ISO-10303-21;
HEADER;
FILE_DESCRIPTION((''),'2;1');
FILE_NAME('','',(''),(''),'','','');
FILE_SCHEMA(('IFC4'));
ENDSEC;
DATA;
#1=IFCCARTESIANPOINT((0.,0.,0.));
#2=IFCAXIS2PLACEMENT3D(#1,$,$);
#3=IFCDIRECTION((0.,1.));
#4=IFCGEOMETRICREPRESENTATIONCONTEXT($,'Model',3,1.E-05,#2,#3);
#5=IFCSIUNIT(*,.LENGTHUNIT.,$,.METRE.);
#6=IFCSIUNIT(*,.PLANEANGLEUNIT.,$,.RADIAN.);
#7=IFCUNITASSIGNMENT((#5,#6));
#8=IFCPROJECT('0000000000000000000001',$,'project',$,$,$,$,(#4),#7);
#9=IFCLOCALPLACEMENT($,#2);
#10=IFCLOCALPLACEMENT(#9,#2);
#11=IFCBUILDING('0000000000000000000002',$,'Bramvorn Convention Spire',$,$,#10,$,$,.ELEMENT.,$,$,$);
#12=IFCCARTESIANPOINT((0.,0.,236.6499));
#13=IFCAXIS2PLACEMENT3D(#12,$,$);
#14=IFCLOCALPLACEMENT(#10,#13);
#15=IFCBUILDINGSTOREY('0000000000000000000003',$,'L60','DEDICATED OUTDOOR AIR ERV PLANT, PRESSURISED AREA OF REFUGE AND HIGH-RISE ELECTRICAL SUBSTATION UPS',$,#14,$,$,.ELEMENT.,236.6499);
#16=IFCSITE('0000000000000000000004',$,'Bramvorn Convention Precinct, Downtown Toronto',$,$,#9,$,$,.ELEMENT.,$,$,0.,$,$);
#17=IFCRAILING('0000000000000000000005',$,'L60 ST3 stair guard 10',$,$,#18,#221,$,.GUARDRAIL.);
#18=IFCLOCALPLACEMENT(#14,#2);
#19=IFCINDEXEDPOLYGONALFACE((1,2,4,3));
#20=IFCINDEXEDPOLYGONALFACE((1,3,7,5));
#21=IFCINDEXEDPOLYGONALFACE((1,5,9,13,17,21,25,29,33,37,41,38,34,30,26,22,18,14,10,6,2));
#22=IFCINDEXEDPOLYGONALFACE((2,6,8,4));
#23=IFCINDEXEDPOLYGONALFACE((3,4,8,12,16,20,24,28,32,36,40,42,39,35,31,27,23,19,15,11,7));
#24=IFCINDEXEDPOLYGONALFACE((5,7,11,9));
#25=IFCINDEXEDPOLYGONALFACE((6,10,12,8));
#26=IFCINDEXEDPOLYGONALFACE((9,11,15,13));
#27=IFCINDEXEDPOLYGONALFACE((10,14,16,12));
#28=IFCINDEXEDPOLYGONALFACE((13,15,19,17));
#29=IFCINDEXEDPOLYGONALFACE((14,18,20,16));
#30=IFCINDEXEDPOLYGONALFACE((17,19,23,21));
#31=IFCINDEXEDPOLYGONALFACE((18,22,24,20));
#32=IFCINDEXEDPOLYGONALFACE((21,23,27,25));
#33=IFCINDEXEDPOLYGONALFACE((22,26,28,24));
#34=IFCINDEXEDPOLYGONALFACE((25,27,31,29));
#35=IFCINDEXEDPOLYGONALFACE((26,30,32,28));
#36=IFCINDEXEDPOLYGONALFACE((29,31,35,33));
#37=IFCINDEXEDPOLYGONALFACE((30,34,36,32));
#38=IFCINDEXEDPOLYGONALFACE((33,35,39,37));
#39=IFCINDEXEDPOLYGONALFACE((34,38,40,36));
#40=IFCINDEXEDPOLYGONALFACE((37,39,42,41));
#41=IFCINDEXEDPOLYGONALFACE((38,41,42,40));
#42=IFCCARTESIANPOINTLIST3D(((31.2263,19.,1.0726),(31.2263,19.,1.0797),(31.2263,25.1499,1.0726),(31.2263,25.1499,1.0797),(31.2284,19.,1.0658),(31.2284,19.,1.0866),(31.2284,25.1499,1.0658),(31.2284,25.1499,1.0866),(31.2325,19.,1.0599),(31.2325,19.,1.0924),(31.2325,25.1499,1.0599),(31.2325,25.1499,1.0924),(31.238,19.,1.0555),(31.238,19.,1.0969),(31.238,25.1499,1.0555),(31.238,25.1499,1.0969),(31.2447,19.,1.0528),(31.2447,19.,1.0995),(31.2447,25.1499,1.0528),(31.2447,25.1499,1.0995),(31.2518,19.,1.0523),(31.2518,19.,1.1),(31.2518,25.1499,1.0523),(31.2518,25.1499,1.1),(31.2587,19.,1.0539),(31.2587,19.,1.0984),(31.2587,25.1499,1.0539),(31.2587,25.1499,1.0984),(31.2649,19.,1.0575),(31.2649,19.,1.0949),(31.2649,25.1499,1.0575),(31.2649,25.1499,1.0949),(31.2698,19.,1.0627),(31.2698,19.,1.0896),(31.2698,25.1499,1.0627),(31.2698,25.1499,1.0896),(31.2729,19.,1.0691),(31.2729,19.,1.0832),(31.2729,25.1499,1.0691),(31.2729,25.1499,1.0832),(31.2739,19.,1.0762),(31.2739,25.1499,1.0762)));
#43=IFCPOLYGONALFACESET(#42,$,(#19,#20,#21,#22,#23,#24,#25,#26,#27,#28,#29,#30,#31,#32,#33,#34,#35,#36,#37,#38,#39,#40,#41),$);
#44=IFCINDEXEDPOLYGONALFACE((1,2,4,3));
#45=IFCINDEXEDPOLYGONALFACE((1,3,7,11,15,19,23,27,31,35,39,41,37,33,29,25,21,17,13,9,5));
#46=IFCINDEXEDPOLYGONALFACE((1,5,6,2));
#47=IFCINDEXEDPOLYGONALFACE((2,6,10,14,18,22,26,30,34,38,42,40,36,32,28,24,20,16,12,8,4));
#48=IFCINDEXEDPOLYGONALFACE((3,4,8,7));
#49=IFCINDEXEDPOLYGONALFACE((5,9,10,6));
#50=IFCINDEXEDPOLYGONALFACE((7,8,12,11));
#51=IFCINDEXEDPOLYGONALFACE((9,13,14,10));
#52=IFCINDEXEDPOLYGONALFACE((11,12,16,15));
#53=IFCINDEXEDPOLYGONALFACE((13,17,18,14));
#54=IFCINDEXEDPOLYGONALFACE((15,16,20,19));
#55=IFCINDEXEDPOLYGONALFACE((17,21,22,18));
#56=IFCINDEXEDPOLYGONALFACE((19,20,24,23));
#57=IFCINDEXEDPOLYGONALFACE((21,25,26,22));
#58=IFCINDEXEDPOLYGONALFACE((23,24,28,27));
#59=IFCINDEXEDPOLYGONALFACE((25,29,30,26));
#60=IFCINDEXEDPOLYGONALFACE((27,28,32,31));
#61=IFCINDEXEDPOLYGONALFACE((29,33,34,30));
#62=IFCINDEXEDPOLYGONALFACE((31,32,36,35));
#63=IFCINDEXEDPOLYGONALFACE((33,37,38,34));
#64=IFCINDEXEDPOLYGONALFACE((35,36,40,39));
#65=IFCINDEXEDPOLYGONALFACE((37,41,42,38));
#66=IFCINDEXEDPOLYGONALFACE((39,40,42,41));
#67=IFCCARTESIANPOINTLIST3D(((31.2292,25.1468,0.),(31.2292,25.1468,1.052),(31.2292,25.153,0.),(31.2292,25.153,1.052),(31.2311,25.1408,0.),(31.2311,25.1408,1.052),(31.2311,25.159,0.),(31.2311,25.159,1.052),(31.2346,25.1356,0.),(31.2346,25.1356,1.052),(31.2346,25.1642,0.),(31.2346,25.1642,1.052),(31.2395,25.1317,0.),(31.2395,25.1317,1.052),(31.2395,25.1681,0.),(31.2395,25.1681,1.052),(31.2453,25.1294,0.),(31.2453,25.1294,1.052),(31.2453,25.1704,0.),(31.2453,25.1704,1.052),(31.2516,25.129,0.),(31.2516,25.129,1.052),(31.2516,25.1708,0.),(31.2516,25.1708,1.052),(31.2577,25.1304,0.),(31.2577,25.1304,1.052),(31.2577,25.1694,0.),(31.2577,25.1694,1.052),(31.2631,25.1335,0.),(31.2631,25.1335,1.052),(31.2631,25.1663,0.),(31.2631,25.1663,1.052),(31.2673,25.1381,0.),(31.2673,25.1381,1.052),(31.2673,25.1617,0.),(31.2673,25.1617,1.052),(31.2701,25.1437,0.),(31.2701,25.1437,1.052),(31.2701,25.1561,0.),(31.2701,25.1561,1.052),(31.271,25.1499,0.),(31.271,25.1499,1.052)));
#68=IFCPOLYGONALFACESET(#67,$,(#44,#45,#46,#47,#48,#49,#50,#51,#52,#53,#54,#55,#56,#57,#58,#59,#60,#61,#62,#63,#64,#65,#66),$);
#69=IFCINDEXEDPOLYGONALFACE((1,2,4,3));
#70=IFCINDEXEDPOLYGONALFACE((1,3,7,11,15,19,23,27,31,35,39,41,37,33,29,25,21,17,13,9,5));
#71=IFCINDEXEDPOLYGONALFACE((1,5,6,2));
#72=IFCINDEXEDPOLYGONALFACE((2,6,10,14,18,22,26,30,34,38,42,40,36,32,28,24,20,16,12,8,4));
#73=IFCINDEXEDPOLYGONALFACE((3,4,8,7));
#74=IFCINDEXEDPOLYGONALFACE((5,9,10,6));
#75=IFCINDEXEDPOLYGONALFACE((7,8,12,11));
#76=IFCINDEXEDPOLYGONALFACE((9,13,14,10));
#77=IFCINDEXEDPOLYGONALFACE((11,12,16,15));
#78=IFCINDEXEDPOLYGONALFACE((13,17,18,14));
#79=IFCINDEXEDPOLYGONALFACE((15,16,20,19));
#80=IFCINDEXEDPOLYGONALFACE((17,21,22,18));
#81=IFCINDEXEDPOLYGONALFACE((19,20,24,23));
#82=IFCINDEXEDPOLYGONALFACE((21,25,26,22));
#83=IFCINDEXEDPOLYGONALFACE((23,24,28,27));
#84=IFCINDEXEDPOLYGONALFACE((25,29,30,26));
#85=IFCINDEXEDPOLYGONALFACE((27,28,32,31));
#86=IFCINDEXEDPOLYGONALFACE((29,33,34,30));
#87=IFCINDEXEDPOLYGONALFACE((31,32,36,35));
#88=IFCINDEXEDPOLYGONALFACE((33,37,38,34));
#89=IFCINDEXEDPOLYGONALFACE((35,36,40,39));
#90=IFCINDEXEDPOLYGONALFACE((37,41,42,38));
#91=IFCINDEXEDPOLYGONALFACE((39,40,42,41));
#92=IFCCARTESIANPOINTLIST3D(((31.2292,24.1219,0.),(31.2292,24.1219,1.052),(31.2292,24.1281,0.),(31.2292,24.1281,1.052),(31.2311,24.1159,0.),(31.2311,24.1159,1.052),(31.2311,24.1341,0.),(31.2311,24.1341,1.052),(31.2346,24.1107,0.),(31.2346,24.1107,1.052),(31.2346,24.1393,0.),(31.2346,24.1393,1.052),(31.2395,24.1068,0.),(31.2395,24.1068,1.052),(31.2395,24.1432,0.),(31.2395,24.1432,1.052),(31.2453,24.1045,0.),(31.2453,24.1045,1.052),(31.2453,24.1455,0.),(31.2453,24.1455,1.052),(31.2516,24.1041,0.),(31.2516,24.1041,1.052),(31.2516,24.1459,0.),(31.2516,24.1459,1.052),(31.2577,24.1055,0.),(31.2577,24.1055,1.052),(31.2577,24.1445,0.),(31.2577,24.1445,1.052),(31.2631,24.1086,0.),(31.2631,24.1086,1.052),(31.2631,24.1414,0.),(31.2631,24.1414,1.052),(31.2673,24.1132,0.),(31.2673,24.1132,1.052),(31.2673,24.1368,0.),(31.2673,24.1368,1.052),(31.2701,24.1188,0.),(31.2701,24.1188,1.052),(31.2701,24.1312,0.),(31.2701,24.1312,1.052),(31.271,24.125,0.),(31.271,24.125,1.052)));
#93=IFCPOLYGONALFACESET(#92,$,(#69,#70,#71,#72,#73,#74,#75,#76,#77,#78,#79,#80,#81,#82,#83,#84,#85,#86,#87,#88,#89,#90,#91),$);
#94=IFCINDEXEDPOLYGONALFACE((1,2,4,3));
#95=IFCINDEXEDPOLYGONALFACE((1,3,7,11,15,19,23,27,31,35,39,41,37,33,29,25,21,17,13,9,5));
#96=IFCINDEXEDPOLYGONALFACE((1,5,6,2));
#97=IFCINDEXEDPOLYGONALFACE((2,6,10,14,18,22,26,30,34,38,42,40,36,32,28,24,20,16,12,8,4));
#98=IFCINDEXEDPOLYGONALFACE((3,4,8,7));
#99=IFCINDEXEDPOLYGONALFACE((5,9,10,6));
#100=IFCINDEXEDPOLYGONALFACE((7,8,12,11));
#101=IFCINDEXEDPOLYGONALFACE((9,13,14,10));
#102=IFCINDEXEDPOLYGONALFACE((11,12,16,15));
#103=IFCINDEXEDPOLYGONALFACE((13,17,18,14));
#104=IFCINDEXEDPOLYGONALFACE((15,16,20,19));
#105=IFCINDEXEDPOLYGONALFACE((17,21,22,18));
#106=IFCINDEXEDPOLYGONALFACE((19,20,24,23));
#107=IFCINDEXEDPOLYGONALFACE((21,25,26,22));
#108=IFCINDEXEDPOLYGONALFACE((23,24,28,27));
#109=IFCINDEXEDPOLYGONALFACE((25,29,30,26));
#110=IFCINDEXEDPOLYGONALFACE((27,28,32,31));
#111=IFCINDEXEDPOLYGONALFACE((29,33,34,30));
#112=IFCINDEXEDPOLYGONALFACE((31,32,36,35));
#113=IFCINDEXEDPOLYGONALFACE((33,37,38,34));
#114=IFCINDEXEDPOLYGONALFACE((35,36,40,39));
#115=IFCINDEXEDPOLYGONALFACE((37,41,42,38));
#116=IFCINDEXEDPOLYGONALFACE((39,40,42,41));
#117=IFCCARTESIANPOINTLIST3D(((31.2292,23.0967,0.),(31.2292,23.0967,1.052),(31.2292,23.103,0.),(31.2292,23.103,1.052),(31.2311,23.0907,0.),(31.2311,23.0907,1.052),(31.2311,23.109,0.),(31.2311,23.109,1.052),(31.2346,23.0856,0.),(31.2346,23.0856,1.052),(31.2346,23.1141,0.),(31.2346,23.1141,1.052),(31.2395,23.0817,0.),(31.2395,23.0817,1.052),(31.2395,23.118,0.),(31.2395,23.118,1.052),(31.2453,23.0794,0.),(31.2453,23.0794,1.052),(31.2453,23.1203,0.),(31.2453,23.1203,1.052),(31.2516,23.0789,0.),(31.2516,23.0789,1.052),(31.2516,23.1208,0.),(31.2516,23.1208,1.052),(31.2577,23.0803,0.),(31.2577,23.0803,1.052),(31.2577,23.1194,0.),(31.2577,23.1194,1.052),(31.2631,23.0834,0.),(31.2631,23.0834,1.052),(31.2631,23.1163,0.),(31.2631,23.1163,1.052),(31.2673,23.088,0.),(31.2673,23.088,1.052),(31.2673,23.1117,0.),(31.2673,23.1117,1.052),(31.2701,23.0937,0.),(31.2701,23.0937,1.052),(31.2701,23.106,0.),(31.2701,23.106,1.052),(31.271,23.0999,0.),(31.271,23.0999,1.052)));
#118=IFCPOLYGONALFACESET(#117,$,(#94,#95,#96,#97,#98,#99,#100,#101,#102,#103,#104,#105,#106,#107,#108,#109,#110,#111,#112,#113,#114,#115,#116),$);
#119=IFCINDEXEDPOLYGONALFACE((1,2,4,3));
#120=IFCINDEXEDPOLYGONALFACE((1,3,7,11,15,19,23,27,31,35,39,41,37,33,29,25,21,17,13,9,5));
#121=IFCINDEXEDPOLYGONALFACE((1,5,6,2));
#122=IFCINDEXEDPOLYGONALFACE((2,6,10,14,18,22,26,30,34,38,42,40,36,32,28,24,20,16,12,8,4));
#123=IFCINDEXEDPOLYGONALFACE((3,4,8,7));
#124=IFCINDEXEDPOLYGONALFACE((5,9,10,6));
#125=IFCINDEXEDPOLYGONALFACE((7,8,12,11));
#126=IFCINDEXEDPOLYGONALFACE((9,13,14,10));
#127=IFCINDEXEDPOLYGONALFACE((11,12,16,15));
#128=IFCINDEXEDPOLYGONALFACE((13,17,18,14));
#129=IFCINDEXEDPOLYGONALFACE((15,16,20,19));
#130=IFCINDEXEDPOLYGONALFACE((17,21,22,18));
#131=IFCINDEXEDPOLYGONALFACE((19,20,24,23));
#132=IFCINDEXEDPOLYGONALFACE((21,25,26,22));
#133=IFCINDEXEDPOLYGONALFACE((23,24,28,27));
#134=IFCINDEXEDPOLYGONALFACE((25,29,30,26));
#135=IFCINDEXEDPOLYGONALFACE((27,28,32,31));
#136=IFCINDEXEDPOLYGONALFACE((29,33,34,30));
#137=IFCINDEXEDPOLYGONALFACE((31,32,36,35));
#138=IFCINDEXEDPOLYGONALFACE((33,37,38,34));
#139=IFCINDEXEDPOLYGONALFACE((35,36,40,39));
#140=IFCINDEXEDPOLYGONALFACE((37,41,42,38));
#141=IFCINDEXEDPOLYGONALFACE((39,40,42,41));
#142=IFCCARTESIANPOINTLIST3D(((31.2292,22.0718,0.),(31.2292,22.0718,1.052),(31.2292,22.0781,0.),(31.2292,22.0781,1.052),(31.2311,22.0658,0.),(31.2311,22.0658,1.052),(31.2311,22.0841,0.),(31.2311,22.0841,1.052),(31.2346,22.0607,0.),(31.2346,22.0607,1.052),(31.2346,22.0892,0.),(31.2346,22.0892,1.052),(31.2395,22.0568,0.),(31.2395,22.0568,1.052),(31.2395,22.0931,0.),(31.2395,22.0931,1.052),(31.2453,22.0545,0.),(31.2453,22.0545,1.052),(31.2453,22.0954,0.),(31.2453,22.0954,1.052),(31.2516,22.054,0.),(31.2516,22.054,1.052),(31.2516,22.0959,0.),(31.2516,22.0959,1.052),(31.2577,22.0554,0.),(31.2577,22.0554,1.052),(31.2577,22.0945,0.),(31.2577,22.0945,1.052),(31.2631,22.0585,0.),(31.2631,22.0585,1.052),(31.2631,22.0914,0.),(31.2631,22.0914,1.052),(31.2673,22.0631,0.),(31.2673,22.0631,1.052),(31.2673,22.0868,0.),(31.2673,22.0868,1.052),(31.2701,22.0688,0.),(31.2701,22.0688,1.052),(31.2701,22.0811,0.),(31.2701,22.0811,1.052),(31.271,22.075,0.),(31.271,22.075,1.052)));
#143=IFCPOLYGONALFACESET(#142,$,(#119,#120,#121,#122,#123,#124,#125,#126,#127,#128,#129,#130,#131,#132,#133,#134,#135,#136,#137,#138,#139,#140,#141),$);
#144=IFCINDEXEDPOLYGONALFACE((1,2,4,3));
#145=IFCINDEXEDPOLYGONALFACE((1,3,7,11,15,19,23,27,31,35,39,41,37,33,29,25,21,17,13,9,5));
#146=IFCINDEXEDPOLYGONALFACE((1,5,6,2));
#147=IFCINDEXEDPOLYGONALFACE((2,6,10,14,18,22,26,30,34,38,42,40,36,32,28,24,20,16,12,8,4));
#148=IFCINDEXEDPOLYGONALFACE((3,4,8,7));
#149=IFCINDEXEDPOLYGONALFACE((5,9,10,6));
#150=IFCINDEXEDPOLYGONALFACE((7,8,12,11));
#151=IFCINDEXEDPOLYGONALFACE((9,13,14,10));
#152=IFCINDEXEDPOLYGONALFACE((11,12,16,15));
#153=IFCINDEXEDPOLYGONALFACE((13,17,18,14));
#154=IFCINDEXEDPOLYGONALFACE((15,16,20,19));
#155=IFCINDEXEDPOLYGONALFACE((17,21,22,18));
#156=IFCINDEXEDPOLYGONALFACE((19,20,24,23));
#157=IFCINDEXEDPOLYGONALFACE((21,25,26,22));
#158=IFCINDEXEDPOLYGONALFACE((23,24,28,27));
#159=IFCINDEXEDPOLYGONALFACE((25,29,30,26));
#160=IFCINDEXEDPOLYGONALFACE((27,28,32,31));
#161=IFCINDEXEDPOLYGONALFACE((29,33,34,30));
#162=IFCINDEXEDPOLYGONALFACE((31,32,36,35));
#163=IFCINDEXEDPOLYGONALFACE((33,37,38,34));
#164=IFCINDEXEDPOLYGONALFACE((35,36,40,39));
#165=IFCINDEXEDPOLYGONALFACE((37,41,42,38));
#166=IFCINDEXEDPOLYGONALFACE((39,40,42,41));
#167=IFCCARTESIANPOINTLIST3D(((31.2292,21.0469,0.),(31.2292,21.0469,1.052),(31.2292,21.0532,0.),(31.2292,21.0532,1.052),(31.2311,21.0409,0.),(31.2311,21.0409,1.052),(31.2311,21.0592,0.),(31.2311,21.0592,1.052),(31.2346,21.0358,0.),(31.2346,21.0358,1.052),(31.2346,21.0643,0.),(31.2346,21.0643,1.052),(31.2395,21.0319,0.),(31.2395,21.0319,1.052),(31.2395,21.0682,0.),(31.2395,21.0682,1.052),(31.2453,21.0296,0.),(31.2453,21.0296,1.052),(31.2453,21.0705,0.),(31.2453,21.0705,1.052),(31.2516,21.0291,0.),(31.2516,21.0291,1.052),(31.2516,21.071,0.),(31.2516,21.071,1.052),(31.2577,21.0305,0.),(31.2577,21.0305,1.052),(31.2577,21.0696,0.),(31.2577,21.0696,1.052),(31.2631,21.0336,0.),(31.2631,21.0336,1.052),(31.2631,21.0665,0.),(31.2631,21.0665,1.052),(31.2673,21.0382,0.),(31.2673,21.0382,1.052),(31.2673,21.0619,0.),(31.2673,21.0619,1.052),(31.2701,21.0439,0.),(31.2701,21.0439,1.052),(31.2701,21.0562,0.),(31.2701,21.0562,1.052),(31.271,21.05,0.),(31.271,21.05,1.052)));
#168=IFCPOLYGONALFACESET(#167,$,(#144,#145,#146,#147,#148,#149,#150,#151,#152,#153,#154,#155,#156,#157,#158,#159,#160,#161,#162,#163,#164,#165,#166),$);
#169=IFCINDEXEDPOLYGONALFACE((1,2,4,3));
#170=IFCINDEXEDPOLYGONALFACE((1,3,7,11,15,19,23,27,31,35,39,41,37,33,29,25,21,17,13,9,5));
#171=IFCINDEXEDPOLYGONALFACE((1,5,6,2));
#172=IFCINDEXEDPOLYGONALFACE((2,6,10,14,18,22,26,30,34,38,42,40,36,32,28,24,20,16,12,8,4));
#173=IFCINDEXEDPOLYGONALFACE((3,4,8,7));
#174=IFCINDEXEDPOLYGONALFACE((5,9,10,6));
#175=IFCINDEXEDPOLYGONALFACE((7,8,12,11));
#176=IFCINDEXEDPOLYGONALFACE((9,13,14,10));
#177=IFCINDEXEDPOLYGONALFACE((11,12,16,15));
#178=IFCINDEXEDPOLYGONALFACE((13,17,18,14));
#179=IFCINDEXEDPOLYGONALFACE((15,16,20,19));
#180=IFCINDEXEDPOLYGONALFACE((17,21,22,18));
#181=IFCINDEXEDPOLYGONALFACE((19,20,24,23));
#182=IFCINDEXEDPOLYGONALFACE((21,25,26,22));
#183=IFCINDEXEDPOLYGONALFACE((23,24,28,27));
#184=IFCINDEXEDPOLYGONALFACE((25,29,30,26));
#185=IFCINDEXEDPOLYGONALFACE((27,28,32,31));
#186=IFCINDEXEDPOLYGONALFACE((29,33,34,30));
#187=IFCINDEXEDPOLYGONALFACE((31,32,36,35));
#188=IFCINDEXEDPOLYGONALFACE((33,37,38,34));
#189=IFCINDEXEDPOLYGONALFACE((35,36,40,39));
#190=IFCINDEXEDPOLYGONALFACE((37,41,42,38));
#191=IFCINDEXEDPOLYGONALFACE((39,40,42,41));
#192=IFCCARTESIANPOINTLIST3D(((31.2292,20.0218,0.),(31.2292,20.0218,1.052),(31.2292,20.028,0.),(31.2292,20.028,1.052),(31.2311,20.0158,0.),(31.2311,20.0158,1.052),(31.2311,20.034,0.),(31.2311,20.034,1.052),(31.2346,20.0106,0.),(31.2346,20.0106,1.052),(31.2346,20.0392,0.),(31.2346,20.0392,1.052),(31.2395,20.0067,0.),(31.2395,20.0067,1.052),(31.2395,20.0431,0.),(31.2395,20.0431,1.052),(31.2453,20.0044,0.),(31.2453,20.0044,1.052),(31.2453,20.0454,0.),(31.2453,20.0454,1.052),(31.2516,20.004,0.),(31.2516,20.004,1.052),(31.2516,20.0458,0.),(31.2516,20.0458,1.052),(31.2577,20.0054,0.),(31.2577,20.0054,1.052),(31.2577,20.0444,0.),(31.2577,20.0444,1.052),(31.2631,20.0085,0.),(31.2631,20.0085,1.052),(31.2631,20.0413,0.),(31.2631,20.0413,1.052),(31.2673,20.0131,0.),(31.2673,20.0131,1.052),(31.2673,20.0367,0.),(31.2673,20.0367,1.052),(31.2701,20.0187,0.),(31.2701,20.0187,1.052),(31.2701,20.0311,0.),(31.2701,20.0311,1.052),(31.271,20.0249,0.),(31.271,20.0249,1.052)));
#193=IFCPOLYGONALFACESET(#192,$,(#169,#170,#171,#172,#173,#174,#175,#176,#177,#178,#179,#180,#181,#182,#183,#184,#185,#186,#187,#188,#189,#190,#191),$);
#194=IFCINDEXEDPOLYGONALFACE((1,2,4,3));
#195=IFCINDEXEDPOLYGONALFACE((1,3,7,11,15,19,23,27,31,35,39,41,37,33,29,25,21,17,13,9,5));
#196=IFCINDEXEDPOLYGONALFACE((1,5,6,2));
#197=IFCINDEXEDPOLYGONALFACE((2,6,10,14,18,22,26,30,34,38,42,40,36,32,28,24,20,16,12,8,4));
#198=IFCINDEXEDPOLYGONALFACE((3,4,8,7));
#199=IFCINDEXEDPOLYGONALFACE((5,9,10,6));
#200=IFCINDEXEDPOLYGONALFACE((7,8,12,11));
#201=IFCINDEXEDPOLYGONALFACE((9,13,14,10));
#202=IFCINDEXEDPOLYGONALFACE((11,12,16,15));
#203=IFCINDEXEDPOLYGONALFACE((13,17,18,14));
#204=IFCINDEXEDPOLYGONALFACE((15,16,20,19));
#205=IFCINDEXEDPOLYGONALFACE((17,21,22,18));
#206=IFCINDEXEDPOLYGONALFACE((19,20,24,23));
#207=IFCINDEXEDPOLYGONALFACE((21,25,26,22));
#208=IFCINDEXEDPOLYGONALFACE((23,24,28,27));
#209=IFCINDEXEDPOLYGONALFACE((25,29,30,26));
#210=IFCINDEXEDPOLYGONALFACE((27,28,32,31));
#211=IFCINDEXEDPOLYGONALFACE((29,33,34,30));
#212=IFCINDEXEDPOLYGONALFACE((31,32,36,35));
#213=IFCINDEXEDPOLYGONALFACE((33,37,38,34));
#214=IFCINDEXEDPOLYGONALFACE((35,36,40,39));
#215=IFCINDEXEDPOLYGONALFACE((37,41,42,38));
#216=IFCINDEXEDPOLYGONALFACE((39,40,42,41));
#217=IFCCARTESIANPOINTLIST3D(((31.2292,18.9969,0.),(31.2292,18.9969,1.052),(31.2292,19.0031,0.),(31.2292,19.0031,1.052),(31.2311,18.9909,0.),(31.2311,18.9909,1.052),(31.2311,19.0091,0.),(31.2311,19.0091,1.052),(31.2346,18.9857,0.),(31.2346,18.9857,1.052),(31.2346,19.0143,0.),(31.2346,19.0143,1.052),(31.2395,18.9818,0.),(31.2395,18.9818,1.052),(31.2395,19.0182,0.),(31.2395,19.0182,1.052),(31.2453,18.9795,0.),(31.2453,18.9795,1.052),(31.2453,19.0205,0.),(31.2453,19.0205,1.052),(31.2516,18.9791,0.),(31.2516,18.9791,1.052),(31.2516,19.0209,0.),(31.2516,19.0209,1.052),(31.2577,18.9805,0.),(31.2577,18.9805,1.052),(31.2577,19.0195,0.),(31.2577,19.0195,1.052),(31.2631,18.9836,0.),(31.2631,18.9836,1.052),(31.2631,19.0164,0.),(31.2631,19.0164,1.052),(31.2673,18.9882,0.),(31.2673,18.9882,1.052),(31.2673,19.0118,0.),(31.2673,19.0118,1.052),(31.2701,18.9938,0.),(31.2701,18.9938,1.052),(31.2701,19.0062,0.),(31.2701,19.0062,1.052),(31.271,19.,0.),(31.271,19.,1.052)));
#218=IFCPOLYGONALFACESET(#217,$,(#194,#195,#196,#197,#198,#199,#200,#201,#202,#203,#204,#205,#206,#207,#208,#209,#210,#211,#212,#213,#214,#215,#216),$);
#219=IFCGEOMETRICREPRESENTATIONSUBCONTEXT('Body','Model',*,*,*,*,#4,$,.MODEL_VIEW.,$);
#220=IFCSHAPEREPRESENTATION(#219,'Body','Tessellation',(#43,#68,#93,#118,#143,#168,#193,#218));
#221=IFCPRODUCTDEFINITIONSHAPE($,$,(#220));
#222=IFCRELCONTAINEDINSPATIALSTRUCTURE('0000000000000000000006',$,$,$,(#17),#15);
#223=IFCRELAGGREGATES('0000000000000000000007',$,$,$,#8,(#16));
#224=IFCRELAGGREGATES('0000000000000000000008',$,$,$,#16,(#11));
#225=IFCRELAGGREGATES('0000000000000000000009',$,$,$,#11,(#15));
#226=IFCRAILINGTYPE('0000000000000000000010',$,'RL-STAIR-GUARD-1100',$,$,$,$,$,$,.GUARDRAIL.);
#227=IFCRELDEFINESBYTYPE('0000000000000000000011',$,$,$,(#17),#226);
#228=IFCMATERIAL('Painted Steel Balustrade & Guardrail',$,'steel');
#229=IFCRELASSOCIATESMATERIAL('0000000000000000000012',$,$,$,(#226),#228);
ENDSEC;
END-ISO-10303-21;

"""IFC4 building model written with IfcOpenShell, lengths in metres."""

from ifc_helpers import new_model, si_unit, direction, frame, origin, origin_2d, place, context, subcontext, project, spatial, circle, extrude, material, type_object, element, save


model = new_model("IFC4")

# Units and contexts
model_context = context("Model", 3, precision=1e-05, world=origin(), true_north=direction((0.0, 1.0)))
body_context = subcontext(model_context, "Body", "Model", "MODEL_VIEW")
ifc_project = project(units=[si_unit("LENGTHUNIT", "METRE"), si_unit("PLANEANGLEUNIT", "RADIAN")], contexts=[model_context])

# Site, building, storey
site_placement = place(None, origin())
site = spatial("IfcSite", under=ifc_project, at=site_placement, Name="Bramvorn Convention Precinct, Downtown Toronto", CompositionType="ELEMENT", RefElevation=0.0)
building_placement = place(site_placement, origin())
building = spatial("IfcBuilding", under=site, at=building_placement, Name="Bramvorn Convention Spire", CompositionType="ELEMENT")
storey_placement = place(building_placement, frame((0.0, 0.0, 236.6499)))
storey = spatial("IfcBuildingStorey", under=building, at=storey_placement, Name="L60", Description="DEDICATED OUTDOOR AIR ERV PLANT, PRESSURISED AREA OF REFUGE AND HIGH-RISE ELECTRICAL SUBSTATION UPS", CompositionType="ELEMENT", Elevation=236.6499)

# Railing
ifc_material_1 = material(Name="Painted Steel Balustrade & Guardrail", Category="steel")
railing_type_1 = type_object("IfcRailingType", Name="RL-STAIR-GUARD-1100", PredefinedType="GUARDRAIL", material=ifc_material_1)
railing_1_placement = place(storey_placement, frame((31.25, 25.1499, 0.0)))
element("IfcRailing", 1, at=railing_1_placement, inside=storey, type_object=railing_type_1, Name="L60 ST3 stair guard 10", PredefinedType="GUARDRAIL", context=body_context, shape_type="SweptSolid", body=[
    extrude(circle(Radius=0.0239, at=origin_2d()), frame((0.0, 0.0, 1.0762), z_axis=(0.0, -1.0, 0.0), x_axis=(1.0, 0.0, 0.0)), (0.0, 0.0, 1.0), 6.1499),
    extrude(circle(Radius=0.021, at=origin_2d()), origin(), (0.0, 0.0, 1.0), 1.052),
    extrude(circle(Radius=0.021, at=origin_2d()), frame((0.0, -1.0249, 0.0)), (0.0, 0.0, 1.0), 1.052),
    extrude(circle(Radius=0.021, at=origin_2d()), frame((0.0, -2.05, 0.0)), (0.0, 0.0, 1.0), 1.052),
    extrude(circle(Radius=0.021, at=origin_2d()), frame((0.0, -3.075, 0.0)), (0.0, 0.0, 1.0), 1.052),
    extrude(circle(Radius=0.021, at=origin_2d()), frame((0.0, -4.0999, 0.0)), (0.0, 0.0, 1.0), 1.052),
    extrude(circle(Radius=0.021, at=origin_2d()), frame((0.0, -5.125, 0.0)), (0.0, 0.0, 1.0), 1.052),
    extrude(circle(Radius=0.021, at=origin_2d()), frame((0.0, -6.1499, 0.0)), (0.0, 0.0, 1.0), 1.052),
])

save(model, "model.ifc")
